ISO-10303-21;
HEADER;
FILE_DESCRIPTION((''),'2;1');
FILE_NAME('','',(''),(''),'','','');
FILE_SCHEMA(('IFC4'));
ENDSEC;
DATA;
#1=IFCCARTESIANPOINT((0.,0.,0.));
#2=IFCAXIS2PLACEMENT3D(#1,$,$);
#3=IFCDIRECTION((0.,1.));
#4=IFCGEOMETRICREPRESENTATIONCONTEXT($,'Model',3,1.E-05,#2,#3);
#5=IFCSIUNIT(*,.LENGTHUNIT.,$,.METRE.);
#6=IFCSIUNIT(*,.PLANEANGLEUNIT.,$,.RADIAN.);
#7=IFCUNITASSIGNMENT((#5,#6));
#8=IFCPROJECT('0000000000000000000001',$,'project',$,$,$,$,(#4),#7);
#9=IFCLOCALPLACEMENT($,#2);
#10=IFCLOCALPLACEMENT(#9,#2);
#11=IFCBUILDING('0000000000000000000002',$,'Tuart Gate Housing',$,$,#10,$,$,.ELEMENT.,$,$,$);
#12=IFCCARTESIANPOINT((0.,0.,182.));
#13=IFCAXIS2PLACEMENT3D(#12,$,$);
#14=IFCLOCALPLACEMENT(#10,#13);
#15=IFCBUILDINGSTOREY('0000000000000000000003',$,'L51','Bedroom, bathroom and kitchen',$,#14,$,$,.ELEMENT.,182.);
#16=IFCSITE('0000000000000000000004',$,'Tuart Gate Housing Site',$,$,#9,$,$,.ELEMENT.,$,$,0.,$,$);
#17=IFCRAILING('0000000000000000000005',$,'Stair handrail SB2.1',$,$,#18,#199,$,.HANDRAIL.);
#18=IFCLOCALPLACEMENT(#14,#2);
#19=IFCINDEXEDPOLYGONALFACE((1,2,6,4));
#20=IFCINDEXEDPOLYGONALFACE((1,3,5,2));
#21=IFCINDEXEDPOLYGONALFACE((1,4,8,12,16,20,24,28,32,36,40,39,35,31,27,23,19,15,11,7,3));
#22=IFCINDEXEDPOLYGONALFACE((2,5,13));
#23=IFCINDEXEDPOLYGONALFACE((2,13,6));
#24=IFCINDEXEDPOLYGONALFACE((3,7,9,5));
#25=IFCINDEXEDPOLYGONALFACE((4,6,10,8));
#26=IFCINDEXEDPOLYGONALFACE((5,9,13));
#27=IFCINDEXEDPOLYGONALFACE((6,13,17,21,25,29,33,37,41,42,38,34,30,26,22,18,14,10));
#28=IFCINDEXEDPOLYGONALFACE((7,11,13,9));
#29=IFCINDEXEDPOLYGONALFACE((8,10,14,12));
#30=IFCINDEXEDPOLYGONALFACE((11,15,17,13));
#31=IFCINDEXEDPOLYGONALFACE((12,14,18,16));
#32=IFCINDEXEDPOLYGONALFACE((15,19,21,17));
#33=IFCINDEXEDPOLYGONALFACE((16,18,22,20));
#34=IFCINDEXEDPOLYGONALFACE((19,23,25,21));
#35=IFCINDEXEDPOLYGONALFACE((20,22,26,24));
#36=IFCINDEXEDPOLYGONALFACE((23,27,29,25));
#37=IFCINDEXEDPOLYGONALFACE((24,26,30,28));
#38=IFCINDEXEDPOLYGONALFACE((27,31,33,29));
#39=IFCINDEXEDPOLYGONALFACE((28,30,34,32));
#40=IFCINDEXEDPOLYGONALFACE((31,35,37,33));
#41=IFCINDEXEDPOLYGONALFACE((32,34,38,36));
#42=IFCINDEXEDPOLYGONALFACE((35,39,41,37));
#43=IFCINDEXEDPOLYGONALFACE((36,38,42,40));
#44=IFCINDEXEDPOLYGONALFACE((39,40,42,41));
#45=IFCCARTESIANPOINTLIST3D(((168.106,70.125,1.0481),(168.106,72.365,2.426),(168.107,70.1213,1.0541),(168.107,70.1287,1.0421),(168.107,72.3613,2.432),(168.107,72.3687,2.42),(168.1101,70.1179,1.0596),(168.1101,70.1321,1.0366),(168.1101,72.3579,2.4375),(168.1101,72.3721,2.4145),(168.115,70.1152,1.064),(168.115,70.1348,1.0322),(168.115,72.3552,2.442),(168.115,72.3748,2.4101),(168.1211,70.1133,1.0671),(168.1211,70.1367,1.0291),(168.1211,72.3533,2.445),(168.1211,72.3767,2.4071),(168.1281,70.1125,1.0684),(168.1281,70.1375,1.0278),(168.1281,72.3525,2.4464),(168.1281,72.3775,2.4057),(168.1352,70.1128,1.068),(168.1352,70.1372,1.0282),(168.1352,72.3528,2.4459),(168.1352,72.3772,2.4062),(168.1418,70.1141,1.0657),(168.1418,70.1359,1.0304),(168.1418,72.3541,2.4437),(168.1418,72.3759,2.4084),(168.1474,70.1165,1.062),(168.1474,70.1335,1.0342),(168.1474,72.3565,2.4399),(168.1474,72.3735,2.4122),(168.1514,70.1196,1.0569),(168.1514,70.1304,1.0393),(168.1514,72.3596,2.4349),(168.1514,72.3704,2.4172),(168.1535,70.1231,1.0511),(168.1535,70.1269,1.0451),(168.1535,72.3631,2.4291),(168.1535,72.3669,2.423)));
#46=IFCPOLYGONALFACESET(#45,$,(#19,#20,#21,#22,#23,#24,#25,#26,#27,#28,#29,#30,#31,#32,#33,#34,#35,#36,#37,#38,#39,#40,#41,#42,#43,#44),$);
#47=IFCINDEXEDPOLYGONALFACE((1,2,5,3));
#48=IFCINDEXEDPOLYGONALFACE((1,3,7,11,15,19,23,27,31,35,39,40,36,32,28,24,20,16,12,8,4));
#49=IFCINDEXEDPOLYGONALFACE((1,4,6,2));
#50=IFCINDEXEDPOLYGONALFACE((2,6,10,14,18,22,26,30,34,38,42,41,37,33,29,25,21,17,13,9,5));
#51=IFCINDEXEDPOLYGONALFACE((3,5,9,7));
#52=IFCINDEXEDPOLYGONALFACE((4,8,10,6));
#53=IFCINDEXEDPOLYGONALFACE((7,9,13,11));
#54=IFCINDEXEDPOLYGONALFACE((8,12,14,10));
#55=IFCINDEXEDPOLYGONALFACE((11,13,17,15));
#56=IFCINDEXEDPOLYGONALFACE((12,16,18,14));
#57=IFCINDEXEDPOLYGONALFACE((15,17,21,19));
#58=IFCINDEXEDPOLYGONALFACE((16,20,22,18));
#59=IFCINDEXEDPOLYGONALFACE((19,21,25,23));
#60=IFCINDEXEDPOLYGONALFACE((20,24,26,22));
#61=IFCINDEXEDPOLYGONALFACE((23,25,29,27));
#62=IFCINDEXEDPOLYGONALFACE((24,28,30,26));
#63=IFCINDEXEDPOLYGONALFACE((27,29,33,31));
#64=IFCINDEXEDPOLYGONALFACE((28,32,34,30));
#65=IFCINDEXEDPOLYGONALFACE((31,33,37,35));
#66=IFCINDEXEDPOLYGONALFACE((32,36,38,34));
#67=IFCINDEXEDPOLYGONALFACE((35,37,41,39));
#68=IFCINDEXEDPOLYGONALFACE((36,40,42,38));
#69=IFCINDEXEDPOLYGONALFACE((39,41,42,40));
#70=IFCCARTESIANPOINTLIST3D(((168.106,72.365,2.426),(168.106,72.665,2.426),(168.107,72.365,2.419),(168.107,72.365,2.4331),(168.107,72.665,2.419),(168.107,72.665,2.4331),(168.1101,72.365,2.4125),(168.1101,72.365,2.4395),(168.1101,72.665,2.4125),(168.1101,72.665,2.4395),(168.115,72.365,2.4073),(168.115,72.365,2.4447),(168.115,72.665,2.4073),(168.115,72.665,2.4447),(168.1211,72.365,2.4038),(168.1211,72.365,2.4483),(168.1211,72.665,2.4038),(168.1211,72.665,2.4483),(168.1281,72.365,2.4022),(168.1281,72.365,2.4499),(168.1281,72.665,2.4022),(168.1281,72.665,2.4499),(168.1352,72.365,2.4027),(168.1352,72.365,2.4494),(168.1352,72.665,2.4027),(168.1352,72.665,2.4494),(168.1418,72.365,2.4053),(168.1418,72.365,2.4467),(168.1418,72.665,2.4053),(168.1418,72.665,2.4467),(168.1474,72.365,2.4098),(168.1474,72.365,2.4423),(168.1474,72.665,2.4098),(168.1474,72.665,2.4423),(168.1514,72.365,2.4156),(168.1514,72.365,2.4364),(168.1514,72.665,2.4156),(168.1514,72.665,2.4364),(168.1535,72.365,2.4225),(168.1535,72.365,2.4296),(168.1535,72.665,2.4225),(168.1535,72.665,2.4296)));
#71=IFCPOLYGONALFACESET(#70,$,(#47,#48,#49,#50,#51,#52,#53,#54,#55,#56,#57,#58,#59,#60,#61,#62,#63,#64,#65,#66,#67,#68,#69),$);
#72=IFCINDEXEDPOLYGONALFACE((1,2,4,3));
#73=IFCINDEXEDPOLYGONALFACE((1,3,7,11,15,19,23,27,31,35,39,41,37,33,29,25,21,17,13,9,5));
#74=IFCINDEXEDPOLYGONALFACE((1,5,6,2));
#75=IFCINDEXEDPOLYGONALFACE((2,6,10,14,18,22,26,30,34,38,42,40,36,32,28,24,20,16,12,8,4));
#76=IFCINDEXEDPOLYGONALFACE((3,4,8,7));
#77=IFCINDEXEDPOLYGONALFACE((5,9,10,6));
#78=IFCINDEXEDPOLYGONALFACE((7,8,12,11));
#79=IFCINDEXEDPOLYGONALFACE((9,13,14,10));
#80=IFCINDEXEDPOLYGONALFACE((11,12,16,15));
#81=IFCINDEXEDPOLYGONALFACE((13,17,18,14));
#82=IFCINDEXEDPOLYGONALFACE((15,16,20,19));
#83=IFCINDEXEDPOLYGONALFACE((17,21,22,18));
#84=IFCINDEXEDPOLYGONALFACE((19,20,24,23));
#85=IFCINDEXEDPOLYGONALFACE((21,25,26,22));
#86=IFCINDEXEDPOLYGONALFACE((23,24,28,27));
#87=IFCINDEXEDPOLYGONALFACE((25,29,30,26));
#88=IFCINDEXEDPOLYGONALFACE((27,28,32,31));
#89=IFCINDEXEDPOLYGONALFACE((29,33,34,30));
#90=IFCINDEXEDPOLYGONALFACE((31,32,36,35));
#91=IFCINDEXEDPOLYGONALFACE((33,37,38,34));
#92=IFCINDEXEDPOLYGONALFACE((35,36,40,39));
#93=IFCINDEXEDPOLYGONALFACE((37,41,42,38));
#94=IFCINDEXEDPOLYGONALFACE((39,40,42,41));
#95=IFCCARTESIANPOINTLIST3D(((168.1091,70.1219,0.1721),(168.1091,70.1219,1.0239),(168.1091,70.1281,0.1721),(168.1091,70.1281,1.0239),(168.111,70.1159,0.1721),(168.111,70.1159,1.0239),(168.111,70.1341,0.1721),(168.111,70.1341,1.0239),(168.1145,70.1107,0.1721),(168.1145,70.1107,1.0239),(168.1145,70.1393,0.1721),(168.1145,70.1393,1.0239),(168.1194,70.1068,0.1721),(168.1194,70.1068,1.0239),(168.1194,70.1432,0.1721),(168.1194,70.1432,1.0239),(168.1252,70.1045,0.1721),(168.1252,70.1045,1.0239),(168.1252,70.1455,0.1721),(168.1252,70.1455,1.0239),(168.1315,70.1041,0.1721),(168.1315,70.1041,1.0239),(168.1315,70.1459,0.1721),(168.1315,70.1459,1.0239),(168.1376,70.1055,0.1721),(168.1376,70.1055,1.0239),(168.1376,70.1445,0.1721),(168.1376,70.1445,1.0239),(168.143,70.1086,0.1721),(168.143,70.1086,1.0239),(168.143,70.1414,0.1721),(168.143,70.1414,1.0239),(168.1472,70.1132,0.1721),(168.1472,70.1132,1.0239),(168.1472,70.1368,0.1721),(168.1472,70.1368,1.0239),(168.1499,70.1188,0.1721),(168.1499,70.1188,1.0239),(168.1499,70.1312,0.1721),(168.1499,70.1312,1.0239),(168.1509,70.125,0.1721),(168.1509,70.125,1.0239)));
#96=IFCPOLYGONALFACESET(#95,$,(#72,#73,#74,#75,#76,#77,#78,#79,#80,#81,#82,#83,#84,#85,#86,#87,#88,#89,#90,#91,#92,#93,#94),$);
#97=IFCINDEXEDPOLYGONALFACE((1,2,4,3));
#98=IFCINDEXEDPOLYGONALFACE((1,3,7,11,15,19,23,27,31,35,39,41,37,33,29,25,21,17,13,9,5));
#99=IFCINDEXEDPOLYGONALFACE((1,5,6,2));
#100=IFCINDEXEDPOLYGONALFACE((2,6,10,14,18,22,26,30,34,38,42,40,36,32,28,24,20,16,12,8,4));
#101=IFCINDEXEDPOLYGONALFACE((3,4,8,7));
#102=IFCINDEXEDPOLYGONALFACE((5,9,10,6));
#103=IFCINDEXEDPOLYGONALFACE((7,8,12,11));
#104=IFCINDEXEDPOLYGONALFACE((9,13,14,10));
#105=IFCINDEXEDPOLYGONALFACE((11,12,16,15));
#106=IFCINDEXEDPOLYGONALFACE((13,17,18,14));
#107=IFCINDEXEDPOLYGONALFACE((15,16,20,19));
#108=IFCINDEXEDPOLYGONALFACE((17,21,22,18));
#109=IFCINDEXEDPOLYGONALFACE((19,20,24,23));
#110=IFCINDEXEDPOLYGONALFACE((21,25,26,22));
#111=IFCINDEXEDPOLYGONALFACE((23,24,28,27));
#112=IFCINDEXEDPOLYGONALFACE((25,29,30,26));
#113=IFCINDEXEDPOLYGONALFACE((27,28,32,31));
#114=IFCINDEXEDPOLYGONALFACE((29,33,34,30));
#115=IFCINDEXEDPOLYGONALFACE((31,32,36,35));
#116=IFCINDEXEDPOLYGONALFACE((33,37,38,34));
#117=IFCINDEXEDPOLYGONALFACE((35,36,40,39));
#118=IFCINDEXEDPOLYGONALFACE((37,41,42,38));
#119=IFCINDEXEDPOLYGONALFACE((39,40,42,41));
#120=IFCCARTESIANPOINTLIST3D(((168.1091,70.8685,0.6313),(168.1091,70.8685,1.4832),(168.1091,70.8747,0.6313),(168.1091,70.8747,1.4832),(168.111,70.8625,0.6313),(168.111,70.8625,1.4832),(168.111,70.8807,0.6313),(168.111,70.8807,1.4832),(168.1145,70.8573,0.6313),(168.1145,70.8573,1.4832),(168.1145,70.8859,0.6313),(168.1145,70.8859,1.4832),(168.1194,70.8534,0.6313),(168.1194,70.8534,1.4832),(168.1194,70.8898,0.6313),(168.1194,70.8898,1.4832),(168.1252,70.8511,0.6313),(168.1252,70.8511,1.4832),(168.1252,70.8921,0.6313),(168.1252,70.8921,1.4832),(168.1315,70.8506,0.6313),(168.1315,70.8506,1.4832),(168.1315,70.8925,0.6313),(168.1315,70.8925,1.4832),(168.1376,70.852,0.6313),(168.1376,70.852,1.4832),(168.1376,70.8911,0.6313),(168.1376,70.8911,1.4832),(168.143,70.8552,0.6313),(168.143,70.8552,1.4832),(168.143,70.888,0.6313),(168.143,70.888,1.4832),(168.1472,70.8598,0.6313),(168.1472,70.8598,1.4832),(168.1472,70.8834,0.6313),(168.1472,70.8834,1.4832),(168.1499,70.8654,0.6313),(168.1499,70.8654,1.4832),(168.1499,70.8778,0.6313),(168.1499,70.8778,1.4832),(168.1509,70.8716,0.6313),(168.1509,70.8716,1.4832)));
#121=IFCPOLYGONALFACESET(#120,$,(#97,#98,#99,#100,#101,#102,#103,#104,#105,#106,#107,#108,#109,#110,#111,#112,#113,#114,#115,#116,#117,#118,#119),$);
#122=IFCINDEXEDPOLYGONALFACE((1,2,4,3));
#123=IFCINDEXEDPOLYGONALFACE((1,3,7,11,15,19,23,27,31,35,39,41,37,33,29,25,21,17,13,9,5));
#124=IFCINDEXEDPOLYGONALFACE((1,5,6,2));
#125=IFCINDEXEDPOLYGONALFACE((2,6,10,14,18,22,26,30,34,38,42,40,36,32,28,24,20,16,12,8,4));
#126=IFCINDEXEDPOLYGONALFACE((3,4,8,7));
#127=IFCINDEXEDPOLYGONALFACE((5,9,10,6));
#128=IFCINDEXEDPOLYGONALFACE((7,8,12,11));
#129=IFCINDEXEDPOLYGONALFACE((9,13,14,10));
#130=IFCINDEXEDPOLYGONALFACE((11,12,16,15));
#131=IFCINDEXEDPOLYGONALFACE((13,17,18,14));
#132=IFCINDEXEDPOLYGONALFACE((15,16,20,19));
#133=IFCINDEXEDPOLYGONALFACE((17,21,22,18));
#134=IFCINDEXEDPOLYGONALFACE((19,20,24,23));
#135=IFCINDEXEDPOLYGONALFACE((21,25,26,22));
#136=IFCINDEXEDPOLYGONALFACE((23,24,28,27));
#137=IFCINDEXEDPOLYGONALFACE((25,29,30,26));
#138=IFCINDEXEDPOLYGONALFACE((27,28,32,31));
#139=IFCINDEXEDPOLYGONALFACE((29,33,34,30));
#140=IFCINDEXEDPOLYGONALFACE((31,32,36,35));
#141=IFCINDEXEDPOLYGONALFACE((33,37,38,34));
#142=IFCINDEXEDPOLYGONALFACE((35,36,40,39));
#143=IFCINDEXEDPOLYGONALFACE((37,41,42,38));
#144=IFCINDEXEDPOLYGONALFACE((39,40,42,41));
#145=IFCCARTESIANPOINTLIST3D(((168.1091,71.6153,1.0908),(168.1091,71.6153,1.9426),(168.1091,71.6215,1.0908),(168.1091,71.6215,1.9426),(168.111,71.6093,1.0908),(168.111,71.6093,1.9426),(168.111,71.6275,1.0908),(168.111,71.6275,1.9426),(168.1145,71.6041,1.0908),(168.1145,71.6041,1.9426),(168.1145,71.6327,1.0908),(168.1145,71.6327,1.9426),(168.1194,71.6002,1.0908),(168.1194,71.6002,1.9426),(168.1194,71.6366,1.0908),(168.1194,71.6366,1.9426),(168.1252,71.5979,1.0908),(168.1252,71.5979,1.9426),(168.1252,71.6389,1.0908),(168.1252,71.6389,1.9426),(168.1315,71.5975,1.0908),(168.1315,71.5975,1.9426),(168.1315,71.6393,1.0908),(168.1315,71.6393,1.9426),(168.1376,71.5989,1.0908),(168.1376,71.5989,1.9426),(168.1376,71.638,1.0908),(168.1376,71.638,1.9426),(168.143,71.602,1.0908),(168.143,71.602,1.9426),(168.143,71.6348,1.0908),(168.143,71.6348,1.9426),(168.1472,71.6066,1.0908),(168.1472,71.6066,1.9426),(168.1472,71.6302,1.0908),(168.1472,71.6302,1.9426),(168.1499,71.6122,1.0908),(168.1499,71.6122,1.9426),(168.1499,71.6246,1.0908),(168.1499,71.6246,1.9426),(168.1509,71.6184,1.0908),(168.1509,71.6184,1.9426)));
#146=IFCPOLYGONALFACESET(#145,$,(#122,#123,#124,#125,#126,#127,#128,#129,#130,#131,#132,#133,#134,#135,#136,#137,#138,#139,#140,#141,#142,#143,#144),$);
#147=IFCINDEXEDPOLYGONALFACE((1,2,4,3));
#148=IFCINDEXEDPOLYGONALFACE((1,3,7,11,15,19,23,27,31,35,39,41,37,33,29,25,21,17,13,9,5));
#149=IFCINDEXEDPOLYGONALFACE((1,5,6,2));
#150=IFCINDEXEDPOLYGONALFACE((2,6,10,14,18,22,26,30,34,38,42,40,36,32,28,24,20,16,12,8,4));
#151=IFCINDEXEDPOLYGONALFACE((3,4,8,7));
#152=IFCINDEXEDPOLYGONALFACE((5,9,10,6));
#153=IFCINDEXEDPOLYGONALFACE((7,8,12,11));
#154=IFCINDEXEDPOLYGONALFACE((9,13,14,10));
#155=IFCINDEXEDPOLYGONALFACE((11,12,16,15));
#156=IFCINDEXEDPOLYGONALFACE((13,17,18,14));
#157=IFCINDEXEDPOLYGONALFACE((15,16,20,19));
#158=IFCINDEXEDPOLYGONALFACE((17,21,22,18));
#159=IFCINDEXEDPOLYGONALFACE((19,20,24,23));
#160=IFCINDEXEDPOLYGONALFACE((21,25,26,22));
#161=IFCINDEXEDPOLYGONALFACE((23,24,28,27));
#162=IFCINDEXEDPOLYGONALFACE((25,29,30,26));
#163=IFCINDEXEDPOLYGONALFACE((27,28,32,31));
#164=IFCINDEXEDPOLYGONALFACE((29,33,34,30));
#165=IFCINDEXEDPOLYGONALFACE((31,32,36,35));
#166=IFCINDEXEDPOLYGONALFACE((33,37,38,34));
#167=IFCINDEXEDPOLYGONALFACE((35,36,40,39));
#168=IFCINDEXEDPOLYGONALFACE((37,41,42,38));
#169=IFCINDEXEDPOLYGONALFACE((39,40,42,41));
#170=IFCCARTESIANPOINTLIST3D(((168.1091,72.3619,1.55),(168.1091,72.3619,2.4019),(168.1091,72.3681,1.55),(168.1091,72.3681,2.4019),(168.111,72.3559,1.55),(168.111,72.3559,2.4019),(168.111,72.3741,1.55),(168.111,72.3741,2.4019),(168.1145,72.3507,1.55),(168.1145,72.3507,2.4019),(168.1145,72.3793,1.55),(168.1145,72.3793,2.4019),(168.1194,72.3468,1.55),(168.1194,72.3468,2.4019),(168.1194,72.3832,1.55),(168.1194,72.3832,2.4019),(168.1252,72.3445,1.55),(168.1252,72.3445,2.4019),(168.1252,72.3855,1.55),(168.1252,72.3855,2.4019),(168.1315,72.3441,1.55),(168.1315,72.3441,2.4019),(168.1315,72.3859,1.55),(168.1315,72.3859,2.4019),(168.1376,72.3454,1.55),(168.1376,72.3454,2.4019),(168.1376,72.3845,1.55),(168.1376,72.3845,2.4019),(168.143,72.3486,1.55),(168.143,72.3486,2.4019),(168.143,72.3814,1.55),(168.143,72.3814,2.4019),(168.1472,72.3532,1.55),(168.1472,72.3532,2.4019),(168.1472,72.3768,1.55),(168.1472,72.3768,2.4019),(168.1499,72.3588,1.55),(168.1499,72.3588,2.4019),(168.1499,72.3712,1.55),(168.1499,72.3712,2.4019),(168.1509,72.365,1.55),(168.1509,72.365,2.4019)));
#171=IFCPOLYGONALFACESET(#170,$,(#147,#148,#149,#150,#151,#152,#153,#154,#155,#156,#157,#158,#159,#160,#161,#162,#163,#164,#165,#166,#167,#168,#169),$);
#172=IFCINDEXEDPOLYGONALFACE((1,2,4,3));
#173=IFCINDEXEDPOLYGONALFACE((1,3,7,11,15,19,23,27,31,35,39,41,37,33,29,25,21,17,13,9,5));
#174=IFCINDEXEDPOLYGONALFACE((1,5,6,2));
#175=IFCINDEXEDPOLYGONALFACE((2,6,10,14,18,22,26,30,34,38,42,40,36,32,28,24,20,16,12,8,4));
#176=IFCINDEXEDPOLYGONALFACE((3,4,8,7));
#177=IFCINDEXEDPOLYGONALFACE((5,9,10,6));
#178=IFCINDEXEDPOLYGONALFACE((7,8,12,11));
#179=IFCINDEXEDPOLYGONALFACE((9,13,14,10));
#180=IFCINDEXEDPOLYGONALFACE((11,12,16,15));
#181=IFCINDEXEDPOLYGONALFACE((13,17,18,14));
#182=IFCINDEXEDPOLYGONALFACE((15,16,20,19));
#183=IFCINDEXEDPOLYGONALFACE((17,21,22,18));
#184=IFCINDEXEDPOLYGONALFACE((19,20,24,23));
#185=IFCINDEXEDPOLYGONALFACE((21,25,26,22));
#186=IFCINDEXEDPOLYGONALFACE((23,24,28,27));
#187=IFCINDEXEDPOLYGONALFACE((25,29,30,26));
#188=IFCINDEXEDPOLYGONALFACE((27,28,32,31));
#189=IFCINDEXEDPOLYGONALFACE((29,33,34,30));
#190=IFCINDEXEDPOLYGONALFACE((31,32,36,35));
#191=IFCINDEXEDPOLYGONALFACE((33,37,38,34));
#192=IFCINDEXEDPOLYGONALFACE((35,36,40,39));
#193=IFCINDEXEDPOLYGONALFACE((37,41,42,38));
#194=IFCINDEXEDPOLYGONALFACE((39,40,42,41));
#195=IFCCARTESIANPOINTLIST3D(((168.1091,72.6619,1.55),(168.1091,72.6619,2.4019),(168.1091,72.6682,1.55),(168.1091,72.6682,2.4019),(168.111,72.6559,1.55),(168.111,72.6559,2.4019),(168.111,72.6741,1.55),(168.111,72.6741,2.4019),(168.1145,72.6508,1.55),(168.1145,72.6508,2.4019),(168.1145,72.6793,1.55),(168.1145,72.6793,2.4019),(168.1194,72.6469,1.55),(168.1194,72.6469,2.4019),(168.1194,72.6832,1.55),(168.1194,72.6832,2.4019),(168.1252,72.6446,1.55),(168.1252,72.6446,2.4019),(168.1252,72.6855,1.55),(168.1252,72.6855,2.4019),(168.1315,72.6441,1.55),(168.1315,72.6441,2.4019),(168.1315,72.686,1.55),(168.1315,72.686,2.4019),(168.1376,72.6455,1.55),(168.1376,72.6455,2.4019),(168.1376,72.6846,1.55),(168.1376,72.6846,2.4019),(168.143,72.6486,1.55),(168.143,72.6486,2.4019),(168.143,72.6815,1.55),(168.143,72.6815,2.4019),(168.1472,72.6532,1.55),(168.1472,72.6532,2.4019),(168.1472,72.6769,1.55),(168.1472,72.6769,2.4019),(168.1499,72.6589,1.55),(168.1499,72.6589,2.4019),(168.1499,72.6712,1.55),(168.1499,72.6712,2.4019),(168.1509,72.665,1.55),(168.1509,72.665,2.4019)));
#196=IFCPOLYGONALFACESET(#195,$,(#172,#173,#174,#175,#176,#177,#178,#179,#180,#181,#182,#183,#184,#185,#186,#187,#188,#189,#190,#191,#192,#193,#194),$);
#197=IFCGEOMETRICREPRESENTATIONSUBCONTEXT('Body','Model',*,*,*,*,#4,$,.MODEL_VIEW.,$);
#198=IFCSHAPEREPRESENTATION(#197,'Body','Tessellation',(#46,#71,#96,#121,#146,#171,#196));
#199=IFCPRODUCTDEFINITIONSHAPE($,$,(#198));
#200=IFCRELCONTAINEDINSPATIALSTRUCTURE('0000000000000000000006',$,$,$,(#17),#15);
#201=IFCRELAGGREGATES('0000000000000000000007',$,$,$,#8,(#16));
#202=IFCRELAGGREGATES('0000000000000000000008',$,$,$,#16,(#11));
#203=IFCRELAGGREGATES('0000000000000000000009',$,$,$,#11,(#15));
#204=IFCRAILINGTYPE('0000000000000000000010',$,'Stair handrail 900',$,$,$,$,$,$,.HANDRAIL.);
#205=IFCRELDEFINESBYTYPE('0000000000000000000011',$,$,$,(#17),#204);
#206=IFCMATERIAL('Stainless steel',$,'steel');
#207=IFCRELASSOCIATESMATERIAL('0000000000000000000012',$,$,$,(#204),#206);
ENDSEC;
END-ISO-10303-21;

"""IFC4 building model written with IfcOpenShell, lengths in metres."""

from ifc_helpers import new_model, si_unit, direction, frame, origin, origin_2d, place, context, subcontext, project, spatial, circle, extrude, material, type_object, element, save


model = new_model("IFC4")

# Units and contexts
model_context = context("Model", 3, precision=1e-05, world=origin(), true_north=direction((0.0, 1.0)))
body_context = subcontext(model_context, "Body", "Model", "MODEL_VIEW")
ifc_project = project(units=[si_unit("LENGTHUNIT", "METRE"), si_unit("PLANEANGLEUNIT", "RADIAN")], contexts=[model_context])

# Site, building, storey
site_placement = place(None, origin())
site = spatial("IfcSite", under=ifc_project, at=site_placement, Name="Tuart Gate Housing Site", CompositionType="ELEMENT", RefElevation=0.0)
building_placement = place(site_placement, origin())
building = spatial("IfcBuilding", under=site, at=building_placement, Name="Tuart Gate Housing", CompositionType="ELEMENT")
storey_placement = place(building_placement, frame((0.0, 0.0, 182.0)))
storey = spatial("IfcBuildingStorey", under=building, at=storey_placement, Name="L51", Description="Bedroom, bathroom and kitchen", CompositionType="ELEMENT", Elevation=182.0)

# Railing
ifc_material_1 = material(Name="Stainless steel", Category="steel")
railing_type = type_object("IfcRailingType", Name="Stair handrail 900", PredefinedType="HANDRAIL", material=ifc_material_1)
railing_placement = place(storey_placement, frame((168.1299, 70.125, 0.1721)))
element("IfcRailing", 1, at=railing_placement, inside=storey, type_object=railing_type, Name="Stair handrail SB2.1", PredefinedType="HANDRAIL", context=body_context, shape_type="SweptSolid", body=[
    extrude(circle(Radius=0.0239, at=origin_2d()), frame((0.0, 0.0, 0.876), z_axis=(0.0, 0.851748, 0.523952), x_axis=(-1.0, 0.0, 0.0)), (0.0, 0.0, 1.0), 2.6299),
    extrude(circle(Radius=0.0239, at=origin_2d()), frame((0.0, 2.24, 2.2539), z_axis=(0.0, 1.0, 0.0), x_axis=(-1.0, 0.0, 0.0)), (0.0, 0.0, 1.0), 0.3),
    extrude(circle(Radius=0.021, at=origin_2d()), origin(), (0.0, 0.0, 1.0), 0.8518),
    extrude(circle(Radius=0.021, at=origin_2d()), frame((0.0, 0.7466, 0.4592)), (0.0, 0.0, 1.0), 0.8518),
    extrude(circle(Radius=0.021, at=origin_2d()), frame((0.0, 1.4934, 0.9187)), (0.0, 0.0, 1.0), 0.8518),
    extrude(circle(Radius=0.021, at=origin_2d()), frame((0.0, 2.24, 1.3779)), (0.0, 0.0, 1.0), 0.8518),
    extrude(circle(Radius=0.021, at=origin_2d()), frame((0.0, 2.54, 1.3779)), (0.0, 0.0, 1.0), 0.8518),
])

save(model, "model.ifc")
